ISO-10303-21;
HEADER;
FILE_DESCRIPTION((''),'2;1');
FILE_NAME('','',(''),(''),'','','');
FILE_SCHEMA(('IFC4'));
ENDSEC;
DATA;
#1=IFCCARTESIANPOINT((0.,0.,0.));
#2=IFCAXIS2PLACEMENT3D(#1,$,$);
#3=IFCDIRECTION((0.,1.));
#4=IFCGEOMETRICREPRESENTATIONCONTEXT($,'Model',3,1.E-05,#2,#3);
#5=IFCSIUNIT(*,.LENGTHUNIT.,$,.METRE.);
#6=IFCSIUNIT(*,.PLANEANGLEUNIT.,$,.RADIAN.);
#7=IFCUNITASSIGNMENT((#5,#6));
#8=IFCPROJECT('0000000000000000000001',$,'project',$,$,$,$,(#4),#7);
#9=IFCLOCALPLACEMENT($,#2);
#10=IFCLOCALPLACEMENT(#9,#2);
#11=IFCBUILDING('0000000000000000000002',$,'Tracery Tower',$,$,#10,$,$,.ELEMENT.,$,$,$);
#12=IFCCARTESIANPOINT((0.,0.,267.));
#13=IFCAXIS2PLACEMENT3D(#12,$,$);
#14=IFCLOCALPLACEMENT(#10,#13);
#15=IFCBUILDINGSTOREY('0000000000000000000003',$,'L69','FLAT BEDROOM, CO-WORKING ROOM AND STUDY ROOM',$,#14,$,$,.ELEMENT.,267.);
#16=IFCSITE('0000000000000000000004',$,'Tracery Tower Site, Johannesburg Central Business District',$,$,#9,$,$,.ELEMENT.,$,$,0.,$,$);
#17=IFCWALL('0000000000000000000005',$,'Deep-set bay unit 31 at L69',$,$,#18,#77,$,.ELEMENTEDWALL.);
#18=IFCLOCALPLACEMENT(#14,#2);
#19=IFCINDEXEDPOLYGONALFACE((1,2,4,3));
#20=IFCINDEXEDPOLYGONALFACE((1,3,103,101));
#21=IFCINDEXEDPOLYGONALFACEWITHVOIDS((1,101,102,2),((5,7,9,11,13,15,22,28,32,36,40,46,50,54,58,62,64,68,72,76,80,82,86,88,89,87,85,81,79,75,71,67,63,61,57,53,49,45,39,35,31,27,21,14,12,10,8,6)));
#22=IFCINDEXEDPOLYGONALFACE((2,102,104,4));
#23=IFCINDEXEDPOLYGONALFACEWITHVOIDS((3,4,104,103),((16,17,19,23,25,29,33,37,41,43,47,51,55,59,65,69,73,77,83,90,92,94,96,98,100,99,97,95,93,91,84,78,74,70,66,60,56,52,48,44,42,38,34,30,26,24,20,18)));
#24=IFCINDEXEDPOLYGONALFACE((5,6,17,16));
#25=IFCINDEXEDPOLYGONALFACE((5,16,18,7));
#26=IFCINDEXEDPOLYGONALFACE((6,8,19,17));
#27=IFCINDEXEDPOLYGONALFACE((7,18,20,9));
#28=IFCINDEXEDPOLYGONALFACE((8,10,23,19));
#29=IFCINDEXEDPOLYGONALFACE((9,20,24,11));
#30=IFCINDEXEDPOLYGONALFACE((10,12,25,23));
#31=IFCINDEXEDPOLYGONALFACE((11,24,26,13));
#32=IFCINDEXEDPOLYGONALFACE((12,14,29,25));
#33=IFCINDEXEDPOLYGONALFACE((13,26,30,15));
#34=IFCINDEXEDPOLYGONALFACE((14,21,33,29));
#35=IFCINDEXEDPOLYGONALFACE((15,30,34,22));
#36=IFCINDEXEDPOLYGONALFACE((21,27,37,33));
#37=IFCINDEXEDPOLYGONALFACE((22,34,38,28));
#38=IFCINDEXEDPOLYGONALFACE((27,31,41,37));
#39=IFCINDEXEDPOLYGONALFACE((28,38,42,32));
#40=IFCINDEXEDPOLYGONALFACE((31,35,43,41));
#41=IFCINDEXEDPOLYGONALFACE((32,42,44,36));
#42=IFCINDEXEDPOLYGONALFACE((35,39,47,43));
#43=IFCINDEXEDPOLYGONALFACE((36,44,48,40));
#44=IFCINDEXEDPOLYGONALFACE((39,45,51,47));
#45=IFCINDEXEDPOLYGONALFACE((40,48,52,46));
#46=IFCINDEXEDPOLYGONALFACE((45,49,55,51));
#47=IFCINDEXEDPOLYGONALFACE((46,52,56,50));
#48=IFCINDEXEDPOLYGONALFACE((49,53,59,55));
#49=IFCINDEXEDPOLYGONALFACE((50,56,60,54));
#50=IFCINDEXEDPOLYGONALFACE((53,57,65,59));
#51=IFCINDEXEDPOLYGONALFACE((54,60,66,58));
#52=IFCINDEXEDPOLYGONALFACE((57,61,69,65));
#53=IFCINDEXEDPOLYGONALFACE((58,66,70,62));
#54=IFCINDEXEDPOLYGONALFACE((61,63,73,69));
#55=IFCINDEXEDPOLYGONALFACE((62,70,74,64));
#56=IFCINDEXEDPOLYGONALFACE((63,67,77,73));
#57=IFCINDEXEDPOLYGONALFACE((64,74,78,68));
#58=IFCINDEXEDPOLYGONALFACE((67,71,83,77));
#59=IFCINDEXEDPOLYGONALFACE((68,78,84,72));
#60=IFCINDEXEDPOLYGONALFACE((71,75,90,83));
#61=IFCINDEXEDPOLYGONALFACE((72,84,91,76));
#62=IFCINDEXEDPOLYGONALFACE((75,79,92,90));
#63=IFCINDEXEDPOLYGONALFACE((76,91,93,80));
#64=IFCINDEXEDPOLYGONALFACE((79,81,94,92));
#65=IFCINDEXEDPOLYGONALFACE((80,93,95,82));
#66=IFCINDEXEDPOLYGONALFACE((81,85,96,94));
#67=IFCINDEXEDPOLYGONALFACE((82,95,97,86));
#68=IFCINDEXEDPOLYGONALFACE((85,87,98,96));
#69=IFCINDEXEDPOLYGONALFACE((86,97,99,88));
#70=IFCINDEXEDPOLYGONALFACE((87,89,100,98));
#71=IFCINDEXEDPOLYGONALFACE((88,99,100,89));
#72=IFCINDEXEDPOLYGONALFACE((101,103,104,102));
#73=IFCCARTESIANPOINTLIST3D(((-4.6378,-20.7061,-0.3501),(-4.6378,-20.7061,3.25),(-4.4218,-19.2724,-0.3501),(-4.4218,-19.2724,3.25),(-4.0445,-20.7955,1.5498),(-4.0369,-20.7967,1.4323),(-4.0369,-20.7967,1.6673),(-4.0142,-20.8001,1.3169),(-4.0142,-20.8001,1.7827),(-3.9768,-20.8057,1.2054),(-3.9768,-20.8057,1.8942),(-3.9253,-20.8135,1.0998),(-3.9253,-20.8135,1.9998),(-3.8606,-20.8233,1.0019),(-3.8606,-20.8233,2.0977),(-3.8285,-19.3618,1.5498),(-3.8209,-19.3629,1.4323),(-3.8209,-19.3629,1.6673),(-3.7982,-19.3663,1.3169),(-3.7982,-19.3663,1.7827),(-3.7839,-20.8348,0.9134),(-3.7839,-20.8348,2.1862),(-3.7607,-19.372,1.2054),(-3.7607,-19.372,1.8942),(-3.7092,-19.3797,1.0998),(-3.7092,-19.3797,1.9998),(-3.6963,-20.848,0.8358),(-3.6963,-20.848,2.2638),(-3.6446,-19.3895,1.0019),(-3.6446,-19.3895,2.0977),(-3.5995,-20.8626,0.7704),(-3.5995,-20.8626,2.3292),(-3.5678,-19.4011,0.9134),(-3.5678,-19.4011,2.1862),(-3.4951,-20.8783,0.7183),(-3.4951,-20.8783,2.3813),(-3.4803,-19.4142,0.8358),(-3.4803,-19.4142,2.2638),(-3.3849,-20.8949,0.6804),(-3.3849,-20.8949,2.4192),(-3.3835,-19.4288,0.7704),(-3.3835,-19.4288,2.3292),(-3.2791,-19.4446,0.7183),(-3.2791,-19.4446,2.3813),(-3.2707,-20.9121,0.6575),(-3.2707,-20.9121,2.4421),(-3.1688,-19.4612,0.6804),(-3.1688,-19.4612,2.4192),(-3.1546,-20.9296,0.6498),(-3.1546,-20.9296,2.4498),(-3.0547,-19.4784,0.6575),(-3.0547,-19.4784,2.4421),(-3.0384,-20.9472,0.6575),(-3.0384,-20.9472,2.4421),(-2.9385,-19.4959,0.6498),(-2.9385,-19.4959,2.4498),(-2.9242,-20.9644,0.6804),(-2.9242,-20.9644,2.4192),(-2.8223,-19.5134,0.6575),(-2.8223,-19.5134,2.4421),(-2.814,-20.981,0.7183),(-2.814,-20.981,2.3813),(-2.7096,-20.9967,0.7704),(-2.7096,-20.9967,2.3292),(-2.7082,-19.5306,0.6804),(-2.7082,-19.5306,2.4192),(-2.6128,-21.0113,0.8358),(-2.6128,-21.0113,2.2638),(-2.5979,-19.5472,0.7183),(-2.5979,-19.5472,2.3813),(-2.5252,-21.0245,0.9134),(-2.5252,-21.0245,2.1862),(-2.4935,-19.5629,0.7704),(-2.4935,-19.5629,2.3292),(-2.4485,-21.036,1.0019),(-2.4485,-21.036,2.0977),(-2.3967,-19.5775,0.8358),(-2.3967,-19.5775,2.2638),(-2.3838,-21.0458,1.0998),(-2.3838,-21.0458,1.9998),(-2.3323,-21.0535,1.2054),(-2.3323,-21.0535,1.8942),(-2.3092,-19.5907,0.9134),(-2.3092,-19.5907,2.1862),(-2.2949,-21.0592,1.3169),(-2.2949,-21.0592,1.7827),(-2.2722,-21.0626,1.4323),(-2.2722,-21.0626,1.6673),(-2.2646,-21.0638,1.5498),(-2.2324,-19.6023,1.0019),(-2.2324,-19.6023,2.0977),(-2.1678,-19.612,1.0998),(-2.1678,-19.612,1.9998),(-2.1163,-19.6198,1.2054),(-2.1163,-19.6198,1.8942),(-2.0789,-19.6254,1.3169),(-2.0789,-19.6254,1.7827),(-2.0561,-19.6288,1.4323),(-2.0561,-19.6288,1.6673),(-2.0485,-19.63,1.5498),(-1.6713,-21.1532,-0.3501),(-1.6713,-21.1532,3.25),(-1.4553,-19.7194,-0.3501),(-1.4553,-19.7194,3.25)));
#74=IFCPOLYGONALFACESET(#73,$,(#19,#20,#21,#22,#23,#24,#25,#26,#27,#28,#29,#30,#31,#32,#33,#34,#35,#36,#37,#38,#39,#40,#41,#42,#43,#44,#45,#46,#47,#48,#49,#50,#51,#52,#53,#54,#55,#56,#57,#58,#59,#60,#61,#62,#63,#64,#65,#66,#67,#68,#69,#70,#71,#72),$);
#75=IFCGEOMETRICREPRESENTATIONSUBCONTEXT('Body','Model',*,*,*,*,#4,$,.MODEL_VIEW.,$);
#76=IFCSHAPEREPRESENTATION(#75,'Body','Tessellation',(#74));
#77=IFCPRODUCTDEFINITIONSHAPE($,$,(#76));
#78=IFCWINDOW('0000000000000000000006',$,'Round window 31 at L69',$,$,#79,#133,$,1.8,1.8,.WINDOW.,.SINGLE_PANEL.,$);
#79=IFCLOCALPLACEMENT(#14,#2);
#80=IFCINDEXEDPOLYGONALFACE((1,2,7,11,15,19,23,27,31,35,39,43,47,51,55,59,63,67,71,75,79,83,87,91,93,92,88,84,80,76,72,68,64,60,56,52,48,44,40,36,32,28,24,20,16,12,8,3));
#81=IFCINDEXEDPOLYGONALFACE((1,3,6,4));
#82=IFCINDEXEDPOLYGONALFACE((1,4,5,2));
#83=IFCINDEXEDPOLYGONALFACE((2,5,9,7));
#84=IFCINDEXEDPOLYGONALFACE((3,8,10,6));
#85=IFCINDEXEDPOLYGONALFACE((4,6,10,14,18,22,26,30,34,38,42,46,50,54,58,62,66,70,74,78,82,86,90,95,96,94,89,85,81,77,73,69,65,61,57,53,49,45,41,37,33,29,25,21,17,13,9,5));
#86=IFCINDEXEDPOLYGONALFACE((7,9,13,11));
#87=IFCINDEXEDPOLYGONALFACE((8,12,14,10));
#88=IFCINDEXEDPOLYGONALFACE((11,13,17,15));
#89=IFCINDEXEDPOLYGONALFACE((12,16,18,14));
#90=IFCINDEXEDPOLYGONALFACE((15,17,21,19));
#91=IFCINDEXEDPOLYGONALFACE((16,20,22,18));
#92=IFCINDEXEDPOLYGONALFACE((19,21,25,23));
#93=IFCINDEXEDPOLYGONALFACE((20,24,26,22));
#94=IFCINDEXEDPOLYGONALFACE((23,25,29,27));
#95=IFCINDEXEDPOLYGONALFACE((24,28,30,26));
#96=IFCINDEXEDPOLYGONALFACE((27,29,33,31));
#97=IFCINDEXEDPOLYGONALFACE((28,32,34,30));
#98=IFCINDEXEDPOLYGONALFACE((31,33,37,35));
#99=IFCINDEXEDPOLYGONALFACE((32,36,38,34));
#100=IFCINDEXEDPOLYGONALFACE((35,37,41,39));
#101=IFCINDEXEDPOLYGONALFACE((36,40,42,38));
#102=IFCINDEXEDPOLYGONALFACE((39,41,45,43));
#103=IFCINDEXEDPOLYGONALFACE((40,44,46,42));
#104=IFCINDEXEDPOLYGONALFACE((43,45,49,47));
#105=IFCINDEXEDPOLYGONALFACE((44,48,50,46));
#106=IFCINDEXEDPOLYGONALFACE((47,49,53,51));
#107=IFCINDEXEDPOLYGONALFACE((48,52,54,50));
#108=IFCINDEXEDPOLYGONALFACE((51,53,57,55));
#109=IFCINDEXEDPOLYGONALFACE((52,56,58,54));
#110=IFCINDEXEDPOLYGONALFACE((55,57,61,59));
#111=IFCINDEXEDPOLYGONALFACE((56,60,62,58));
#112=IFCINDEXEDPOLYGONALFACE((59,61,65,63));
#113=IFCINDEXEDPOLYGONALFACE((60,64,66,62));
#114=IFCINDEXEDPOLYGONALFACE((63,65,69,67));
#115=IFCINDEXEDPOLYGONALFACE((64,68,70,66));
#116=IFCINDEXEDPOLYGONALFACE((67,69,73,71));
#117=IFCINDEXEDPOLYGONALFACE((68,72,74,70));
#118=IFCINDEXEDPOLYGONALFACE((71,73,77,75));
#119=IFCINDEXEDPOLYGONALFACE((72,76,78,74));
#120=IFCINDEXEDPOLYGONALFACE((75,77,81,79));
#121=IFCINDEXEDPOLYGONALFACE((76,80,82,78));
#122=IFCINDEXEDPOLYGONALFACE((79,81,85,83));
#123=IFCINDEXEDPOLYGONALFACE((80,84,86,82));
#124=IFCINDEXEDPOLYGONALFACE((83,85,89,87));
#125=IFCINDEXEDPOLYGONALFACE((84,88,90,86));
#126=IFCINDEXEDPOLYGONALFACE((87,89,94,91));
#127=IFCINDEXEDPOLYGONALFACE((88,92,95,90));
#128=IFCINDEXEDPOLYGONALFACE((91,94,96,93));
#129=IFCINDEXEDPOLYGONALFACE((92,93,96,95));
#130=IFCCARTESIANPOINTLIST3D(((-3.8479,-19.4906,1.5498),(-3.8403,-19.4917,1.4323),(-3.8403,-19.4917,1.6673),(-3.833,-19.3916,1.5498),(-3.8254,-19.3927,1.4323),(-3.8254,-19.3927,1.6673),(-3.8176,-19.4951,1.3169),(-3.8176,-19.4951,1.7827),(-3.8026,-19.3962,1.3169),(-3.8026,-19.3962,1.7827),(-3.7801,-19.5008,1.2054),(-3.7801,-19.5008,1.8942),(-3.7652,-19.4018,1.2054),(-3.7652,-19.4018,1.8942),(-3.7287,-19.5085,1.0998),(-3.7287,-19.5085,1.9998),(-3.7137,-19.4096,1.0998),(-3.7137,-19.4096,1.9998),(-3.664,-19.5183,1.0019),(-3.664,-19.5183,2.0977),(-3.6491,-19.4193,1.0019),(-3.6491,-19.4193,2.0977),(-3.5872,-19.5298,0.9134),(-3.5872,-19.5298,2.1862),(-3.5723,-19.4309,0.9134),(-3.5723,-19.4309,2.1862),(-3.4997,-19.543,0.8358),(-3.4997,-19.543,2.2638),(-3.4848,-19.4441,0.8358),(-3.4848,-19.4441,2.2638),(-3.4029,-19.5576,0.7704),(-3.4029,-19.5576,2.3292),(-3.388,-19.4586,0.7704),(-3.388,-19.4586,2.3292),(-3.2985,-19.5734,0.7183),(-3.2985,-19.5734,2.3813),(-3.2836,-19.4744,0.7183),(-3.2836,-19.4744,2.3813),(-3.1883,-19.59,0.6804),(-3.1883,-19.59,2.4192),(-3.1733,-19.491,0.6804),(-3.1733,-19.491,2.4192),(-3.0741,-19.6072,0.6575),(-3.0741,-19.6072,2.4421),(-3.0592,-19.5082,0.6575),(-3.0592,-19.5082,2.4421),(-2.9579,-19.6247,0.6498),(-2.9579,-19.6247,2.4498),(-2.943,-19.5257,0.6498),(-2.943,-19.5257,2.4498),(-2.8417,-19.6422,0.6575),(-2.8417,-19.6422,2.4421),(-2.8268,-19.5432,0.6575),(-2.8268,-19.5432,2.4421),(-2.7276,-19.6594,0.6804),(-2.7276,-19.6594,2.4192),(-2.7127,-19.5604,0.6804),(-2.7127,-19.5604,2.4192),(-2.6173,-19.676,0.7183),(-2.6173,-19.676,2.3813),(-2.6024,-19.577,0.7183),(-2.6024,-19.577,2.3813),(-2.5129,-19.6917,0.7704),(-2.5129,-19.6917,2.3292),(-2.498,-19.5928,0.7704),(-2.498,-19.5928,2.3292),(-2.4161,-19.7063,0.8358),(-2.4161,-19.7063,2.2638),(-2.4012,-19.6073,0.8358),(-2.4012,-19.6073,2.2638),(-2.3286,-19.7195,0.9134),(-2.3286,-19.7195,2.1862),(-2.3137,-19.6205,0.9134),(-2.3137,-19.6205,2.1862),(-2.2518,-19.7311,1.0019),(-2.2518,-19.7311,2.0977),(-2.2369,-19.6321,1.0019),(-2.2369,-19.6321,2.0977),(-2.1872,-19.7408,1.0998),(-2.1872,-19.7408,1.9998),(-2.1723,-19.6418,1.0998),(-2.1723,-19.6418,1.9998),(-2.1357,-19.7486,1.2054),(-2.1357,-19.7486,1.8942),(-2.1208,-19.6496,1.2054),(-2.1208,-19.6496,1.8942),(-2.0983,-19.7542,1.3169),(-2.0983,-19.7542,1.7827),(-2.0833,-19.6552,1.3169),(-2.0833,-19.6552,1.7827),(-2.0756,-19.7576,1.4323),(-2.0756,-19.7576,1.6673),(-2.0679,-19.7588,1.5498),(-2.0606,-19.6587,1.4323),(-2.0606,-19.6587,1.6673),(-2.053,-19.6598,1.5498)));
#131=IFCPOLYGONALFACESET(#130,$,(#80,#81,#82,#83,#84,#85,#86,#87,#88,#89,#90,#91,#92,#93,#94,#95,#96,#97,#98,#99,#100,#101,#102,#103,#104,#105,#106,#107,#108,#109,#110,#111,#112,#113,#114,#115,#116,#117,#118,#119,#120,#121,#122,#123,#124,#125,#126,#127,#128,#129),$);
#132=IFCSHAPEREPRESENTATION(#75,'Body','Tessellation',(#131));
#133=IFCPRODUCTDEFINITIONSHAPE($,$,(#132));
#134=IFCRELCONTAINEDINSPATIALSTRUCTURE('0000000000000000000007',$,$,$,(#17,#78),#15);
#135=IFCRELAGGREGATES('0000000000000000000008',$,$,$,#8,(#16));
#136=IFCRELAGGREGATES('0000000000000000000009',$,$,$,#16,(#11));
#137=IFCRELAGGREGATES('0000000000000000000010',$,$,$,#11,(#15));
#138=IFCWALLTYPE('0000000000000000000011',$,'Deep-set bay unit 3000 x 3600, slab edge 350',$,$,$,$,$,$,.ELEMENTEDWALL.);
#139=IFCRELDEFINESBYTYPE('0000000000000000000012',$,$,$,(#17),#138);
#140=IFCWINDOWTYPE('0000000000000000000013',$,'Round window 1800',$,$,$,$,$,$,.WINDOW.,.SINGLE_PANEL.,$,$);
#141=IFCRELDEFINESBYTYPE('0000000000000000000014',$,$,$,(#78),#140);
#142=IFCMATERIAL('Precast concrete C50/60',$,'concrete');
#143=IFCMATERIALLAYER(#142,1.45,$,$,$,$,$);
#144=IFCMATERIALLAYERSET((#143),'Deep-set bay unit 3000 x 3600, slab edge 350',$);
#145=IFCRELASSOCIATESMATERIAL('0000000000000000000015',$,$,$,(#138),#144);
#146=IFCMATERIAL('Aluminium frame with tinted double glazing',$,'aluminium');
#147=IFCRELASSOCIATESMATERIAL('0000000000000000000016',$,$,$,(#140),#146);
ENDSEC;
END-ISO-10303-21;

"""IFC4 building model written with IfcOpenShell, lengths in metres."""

from ifc_helpers import new_model, si_unit, direction, frame, frame_2d, origin, origin_2d, place, context, subcontext, project, spatial, rectangle, circle, extrude, material, layer, layer_set, type_object, element, fill, save


model = new_model("IFC4")

# Units and contexts
model_context = context("Model", 3, precision=1e-05, world=origin(), true_north=direction((0.0, 1.0)))
body_context = subcontext(model_context, "Body", "Model", "MODEL_VIEW")
ifc_project = project(units=[si_unit("LENGTHUNIT", "METRE"), si_unit("PLANEANGLEUNIT", "RADIAN")], contexts=[model_context])

# Site, building, storey
site_placement = place(None, origin())
site = spatial("IfcSite", under=ifc_project, at=site_placement, Name="Tracery Tower Site, Johannesburg Central Business District", CompositionType="ELEMENT", RefElevation=0.0)
building_placement = place(site_placement, origin())
building = spatial("IfcBuilding", under=site, at=building_placement, Name="Tracery Tower", CompositionType="ELEMENT")
storey_placement = place(building_placement, frame((0.0, 0.0, 267.0)))
storey = spatial("IfcBuildingStorey", under=building, at=storey_placement, Name="L69", Description="FLAT BEDROOM, CO-WORKING ROOM AND STUDY ROOM", CompositionType="ELEMENT", Elevation=267.0)

# Wall, opening, window
ifc_material_1 = material(Name="Precast concrete C50/60", Category="concrete")
ifc_layer_1 = layer(ifc_material_1, 1.45)
ifc_layer_set_1 = layer_set([ifc_layer_1], Name="Deep-set bay unit 3000 x 3600, slab edge 350")
wall_type_1 = type_object("IfcWallType", Name="Deep-set bay unit 3000 x 3600, slab edge 350", PredefinedType="ELEMENTEDWALL", material=ifc_layer_set_1)
wall_1_placement = place(storey_placement, frame((-4.5298, -19.9893, -0.3501), z_axis=(0.0, 0.0, 1.0), x_axis=(0.988836, -0.149005, 0.0)))
wall_1 = element("IfcWall", 1, at=wall_1_placement, inside=storey, type_object=wall_type_1, Name="Deep-set bay unit 31 at L69", PredefinedType="ELEMENTEDWALL", context=body_context, shape_type="SweptSolid", body=[
    extrude(rectangle(XDim=3.0, YDim=1.45, at=frame_2d((1.5, 0.0))), origin(), (0.0, 0.0, 1.0), 3.6001),
])
opening_1_placement = place(wall_1_placement, frame((1.5, 0.0, 1.8999)))
opening_1 = element("IfcOpeningElement", 2, at=opening_1_placement, cuts=wall_1, PredefinedType="OPENING", context=body_context, shape_type="SweptSolid", body=[
    extrude(circle(Radius=0.9, at=origin_2d()), frame((0.0, 0.7349, 0.0), z_axis=(0.0, -1.0, 0.0), x_axis=(1.0, 0.0, 0.0)), (0.0, 0.0, 1.0), 1.47),
])
ifc_material_2 = material(Name="Aluminium frame with tinted double glazing", Category="aluminium")
window_type = type_object("IfcWindowType", Name="Round window 1800", PartitioningType="SINGLE_PANEL", PredefinedType="WINDOW", material=ifc_material_2)
window_1_placement = place(opening_1_placement, origin())
window_1 = element("IfcWindow", 3, at=window_1_placement, inside=storey, type_object=window_type, Name="Round window 31 at L69", OverallHeight=1.8, OverallWidth=1.8, PartitioningType="SINGLE_PANEL", PredefinedType="WINDOW", context=body_context, shape_type="SweptSolid", body=[
    extrude(circle(Radius=0.9, at=origin_2d()), frame((0.0, 0.6948, 0.0), z_axis=(0.0, -1.0, 0.0), x_axis=(1.0, 0.0, 0.0)), (0.0, 0.0, 1.0), 0.1001),
])
fill(opening_1, window_1)

save(model, "model.ifc")
